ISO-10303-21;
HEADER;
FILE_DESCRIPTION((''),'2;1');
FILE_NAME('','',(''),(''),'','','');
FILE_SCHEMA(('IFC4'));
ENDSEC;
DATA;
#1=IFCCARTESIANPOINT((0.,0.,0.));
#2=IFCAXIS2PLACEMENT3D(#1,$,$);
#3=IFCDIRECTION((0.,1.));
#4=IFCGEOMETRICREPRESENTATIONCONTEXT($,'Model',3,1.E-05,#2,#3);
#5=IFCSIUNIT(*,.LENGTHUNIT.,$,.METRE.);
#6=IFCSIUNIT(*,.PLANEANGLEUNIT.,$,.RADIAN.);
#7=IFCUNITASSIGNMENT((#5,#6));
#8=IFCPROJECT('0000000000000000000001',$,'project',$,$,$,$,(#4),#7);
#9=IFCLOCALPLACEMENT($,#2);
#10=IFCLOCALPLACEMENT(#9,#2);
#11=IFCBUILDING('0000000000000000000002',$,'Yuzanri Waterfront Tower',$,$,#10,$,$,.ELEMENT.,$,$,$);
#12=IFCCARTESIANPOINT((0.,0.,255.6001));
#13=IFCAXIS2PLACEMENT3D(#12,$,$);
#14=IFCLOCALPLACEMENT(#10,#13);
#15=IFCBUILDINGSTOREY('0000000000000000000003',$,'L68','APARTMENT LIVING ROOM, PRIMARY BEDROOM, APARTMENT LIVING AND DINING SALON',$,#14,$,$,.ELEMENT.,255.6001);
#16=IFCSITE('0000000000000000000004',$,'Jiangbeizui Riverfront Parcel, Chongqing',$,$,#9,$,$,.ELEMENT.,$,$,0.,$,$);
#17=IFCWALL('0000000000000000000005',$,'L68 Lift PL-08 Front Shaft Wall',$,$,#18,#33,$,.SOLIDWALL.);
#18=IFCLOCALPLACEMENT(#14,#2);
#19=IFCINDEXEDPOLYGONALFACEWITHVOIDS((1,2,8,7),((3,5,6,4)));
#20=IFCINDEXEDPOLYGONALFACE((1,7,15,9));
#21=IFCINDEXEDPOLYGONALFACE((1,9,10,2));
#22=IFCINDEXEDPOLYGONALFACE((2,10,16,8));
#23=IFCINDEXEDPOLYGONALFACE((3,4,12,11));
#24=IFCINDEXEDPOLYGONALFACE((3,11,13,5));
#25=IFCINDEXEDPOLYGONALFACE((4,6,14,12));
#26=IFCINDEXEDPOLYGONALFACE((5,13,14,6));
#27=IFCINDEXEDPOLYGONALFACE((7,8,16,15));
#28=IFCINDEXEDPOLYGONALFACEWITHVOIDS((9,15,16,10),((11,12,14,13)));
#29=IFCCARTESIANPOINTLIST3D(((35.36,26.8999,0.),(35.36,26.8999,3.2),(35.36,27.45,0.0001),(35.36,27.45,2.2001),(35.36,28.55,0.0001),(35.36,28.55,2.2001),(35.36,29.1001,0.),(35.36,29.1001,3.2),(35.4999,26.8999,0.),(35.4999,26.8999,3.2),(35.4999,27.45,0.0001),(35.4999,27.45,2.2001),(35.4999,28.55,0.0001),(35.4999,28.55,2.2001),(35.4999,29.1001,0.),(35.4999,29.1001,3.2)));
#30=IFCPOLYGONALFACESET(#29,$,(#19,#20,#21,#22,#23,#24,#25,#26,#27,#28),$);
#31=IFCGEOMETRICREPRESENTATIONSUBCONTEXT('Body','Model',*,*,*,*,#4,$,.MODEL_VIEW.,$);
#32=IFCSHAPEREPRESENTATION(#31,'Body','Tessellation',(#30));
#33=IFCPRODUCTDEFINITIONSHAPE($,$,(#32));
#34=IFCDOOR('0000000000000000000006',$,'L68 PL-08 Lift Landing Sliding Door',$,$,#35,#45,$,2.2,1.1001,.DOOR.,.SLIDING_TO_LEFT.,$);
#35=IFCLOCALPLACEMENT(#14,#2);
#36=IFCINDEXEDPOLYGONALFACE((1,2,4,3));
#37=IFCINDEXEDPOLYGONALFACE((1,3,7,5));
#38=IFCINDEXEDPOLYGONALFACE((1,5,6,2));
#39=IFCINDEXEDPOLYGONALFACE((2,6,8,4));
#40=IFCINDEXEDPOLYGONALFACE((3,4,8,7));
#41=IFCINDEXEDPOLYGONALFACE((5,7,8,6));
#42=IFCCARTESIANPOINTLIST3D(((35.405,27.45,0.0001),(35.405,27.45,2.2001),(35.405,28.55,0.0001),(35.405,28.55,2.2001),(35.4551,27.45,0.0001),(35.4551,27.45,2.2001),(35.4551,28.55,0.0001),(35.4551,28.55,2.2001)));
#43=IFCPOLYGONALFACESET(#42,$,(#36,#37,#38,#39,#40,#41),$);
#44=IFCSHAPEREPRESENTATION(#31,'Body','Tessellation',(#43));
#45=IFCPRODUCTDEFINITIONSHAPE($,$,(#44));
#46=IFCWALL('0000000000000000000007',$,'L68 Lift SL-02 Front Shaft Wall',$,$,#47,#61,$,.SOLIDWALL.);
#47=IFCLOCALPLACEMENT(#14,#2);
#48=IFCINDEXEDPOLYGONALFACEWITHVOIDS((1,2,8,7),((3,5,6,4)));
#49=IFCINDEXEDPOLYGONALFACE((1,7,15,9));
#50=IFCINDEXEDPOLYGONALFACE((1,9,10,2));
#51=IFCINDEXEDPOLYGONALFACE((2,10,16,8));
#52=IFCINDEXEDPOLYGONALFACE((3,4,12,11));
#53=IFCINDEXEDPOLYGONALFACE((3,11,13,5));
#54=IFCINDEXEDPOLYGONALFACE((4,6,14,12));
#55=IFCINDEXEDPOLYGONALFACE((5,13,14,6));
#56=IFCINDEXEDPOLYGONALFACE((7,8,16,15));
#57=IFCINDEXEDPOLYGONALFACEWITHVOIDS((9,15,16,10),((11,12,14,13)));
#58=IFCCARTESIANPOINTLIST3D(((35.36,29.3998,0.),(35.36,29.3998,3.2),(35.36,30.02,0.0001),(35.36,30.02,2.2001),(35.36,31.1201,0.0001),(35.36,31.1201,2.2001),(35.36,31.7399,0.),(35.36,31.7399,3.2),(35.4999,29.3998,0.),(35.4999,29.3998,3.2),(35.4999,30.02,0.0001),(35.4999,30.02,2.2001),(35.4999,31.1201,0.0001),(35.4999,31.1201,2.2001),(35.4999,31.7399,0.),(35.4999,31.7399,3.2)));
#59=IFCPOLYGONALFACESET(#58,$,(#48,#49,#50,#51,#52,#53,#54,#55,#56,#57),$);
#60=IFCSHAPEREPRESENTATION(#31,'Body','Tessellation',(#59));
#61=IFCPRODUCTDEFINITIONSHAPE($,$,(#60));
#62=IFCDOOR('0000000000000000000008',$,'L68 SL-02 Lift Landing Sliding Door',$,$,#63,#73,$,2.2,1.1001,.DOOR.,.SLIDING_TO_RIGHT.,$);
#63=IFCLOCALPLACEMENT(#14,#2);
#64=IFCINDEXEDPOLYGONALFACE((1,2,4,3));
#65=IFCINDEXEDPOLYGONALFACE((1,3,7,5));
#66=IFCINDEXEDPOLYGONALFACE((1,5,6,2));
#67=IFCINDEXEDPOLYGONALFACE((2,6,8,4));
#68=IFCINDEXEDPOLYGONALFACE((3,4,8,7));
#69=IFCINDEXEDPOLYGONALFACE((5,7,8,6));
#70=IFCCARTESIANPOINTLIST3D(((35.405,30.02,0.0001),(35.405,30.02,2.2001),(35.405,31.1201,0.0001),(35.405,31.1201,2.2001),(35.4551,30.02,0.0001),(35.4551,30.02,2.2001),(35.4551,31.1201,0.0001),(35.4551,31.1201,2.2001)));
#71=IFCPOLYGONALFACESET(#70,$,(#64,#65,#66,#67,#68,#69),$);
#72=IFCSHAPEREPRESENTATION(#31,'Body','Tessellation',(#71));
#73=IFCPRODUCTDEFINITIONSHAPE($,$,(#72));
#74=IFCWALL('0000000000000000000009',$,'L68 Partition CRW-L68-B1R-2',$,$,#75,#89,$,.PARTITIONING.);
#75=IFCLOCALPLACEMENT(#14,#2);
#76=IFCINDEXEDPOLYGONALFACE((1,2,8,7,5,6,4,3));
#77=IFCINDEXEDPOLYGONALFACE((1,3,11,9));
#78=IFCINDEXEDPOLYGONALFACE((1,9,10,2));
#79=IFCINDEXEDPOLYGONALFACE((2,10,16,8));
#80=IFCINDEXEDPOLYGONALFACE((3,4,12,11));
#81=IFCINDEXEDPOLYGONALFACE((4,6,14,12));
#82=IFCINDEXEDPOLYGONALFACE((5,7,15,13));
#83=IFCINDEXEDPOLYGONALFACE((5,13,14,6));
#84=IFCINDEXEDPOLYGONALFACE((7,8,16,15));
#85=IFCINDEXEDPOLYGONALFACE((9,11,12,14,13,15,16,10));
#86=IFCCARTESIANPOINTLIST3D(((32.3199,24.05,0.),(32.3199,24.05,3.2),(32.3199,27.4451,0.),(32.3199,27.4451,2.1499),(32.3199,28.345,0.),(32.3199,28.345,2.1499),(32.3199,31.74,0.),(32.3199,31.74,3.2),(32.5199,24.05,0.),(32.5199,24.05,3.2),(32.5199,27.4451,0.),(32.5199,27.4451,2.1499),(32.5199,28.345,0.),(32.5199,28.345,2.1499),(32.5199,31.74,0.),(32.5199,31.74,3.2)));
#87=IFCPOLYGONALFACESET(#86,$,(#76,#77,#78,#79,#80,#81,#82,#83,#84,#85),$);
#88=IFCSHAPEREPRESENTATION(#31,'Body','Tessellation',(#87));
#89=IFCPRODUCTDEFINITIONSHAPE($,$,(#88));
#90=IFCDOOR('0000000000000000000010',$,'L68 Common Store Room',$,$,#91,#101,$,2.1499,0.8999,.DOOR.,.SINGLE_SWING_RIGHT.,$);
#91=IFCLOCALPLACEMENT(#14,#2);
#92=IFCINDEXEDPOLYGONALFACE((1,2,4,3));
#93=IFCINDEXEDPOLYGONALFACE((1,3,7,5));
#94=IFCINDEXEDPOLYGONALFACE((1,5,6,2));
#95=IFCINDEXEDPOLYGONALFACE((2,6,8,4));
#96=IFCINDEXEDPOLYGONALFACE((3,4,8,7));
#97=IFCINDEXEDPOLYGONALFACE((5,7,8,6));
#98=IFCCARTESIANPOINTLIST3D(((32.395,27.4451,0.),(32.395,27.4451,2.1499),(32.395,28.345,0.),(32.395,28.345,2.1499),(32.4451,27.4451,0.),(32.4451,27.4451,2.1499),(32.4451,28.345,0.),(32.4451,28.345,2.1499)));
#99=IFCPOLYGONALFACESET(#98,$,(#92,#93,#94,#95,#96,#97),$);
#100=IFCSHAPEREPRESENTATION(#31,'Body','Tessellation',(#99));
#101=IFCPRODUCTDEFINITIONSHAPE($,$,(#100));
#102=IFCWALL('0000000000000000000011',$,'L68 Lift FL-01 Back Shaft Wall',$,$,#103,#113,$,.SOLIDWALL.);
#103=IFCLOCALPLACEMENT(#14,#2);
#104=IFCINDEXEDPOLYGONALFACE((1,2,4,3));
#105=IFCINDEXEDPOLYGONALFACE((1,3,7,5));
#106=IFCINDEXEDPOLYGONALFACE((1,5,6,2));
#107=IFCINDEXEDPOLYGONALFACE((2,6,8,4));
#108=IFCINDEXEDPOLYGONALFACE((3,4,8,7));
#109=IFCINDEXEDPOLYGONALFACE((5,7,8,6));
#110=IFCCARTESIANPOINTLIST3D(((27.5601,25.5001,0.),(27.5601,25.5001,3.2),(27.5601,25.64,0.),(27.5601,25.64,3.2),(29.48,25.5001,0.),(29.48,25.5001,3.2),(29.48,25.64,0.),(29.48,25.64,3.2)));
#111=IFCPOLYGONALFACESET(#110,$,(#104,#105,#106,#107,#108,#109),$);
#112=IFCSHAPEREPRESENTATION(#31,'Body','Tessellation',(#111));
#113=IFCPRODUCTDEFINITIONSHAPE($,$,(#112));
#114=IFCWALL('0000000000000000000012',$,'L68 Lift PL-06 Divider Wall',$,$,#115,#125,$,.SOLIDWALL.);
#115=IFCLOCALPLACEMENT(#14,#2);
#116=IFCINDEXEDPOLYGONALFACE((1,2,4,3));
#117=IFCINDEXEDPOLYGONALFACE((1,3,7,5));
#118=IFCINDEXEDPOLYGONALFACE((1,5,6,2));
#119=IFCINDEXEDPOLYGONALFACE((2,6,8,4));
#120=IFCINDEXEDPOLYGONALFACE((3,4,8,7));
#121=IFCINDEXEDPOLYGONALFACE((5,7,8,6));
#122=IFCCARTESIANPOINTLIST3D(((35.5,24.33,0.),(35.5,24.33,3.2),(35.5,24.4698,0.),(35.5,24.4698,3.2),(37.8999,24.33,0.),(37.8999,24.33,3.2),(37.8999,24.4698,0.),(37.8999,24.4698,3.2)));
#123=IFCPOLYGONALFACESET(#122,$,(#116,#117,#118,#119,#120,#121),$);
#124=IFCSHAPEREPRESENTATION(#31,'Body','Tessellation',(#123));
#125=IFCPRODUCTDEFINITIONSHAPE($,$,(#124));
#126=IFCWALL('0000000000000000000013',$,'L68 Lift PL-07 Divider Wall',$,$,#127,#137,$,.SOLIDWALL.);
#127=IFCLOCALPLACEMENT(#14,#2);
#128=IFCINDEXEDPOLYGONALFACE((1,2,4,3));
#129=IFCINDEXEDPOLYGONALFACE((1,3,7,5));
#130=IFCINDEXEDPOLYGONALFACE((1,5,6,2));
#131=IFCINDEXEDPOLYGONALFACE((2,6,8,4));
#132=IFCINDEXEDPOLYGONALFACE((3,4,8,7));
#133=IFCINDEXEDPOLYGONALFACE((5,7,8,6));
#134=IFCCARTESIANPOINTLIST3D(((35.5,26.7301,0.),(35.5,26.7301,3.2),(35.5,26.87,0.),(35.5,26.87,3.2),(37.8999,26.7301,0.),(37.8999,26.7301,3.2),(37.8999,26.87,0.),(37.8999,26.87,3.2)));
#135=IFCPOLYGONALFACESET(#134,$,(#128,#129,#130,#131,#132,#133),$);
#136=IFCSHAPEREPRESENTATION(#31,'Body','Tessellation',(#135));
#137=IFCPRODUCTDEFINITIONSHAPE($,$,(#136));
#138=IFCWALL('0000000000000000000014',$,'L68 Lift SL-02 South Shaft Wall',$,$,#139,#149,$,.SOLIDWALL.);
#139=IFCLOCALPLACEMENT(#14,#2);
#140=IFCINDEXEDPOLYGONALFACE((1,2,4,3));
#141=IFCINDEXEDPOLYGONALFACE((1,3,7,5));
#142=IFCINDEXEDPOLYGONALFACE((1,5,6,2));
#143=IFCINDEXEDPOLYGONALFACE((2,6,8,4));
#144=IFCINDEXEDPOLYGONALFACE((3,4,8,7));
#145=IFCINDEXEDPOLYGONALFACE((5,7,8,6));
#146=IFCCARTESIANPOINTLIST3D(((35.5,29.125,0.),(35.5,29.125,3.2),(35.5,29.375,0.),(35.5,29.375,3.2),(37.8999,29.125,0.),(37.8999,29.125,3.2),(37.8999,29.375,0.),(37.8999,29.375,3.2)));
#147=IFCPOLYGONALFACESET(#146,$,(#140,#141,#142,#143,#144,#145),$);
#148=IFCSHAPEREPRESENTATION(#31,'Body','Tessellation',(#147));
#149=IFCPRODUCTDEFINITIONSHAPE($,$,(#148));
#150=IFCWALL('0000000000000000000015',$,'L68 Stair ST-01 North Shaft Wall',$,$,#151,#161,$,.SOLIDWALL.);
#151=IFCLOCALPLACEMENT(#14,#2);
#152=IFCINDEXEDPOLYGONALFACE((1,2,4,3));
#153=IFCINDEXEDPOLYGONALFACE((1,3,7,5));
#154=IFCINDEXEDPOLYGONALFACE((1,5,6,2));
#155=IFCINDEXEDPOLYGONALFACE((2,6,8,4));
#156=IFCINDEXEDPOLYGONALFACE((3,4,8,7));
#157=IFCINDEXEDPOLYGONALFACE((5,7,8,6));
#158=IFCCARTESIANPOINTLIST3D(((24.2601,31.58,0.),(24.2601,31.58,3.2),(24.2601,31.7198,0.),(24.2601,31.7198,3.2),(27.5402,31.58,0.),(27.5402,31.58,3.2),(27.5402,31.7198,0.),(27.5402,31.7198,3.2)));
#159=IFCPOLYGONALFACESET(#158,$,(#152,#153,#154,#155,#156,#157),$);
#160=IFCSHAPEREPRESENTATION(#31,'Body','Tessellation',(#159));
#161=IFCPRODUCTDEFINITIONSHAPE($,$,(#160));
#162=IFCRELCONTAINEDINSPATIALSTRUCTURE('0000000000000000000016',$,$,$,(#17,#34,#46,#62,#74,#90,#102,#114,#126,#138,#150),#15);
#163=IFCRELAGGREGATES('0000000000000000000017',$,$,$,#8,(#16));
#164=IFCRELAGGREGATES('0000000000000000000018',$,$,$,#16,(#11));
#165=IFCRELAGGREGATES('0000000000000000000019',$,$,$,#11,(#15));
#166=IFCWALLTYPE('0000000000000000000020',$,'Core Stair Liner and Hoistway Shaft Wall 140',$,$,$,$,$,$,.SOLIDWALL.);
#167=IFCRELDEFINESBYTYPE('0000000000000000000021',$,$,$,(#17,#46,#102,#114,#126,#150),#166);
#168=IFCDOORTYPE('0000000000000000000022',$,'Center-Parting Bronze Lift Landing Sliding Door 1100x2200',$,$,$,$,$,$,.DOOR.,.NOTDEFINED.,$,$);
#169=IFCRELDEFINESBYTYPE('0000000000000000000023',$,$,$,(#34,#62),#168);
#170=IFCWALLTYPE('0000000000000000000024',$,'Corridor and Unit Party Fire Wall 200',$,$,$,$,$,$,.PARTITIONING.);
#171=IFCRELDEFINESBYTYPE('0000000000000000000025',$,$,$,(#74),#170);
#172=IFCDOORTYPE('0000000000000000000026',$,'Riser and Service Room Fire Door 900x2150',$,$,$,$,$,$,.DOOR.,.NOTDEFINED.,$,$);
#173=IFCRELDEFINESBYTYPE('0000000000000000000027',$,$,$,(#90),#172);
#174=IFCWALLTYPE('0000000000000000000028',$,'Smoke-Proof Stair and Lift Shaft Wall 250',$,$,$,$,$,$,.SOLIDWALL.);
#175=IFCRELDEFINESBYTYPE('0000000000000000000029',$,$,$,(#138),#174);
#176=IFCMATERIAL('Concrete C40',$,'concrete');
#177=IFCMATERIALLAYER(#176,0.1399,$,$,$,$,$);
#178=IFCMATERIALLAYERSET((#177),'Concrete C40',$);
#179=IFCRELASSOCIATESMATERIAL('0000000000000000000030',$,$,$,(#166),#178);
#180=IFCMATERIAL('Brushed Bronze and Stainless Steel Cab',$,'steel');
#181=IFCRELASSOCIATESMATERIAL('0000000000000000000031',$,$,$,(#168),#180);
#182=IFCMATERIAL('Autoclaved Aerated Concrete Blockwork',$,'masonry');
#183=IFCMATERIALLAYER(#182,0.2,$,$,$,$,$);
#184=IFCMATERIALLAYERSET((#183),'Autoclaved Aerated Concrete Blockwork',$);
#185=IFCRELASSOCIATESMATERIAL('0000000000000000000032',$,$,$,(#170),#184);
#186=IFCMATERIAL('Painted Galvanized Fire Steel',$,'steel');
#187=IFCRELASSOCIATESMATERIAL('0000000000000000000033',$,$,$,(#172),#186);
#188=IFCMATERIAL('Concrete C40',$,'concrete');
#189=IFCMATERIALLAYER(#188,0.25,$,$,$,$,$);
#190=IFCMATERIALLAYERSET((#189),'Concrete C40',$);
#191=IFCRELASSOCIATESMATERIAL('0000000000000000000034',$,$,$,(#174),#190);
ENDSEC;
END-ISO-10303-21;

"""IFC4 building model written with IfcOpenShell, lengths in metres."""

from ifc_helpers import new_model, si_unit, direction, frame, frame_2d, origin, place, context, subcontext, project, spatial, rectangle, extrude, source, transform, mapped, material, layer, layer_set, type_object, element, fill, save


model = new_model("IFC4")

# Units and contexts
model_context = context("Model", 3, precision=1e-05, world=origin(), true_north=direction((0.0, 1.0)))
body_context = subcontext(model_context, "Body", "Model", "MODEL_VIEW")
ifc_project = project(units=[si_unit("LENGTHUNIT", "METRE"), si_unit("PLANEANGLEUNIT", "RADIAN")], contexts=[model_context])

# Site, building, storey
site_placement = place(None, origin())
site = spatial("IfcSite", under=ifc_project, at=site_placement, Name="Jiangbeizui Riverfront Parcel, Chongqing", CompositionType="ELEMENT", RefElevation=0.0)
building_placement = place(site_placement, origin())
building = spatial("IfcBuilding", under=site, at=building_placement, Name="Yuzanri Waterfront Tower", CompositionType="ELEMENT")
storey_placement = place(building_placement, frame((0.0, 0.0, 255.6001)))
storey = spatial("IfcBuildingStorey", under=building, at=storey_placement, Name="L68", Description="APARTMENT LIVING ROOM, PRIMARY BEDROOM, APARTMENT LIVING AND DINING SALON", CompositionType="ELEMENT", Elevation=255.6001)

# Walls, openings, doors
ifc_material_1 = material(Name="Concrete C40", Category="concrete")
ifc_layer_1 = layer(ifc_material_1, 0.1399)
ifc_layer_set_1 = layer_set([ifc_layer_1], Name="Concrete C40")
wall_type_1 = type_object("IfcWallType", Name="Core Stair Liner and Hoistway Shaft Wall 140", PredefinedType="SOLIDWALL", material=ifc_layer_set_1)
ifc_material_2 = material(Name="Brushed Bronze and Stainless Steel Cab", Category="steel")
door_type_1 = type_object("IfcDoorType", Name="Center-Parting Bronze Lift Landing Sliding Door 1100x2200", OperationType="NOTDEFINED", PredefinedType="DOOR", material=ifc_material_2)
shared_shape_1 = source(origin(), body_context, "Body", "SweptSolid", [
    extrude(rectangle(XDim=1.1001, YDim=2.2, at=frame_2d((0.55, 1.1001))), frame((0.0, 0.0249, 0.0), z_axis=(0.0, -1.0, 0.0), x_axis=(1.0, 0.0, 0.0)), (0.0, 0.0, 1.0), 0.05),
])
wall_1_placement = place(storey_placement, frame((35.4299, 26.8999, 0.0), z_axis=(0.0, 0.0, 1.0), x_axis=(0.0, 1.0, 0.0)))
wall_1 = element("IfcWall", 1, at=wall_1_placement, inside=storey, type_object=wall_type_1, Name="L68 Lift PL-08 Front Shaft Wall", PredefinedType="SOLIDWALL", context=body_context, shape_type="SweptSolid", body=[
    extrude(rectangle(XDim=2.2002, YDim=0.1399, at=frame_2d((1.1001, 0.0))), origin(), (0.0, 0.0, 1.0), 3.2),
])
opening_1_placement = place(wall_1_placement, frame((0.55, 0.0, 0.0)))
opening_1 = element("IfcOpeningElement", 2, at=opening_1_placement, cuts=wall_1, PredefinedType="OPENING", context=body_context, shape_type="SweptSolid", body=[
    extrude(rectangle(XDim=1.1001, YDim=2.2, at=frame_2d((0.55, 1.1001))), frame((0.0, 0.085, 0.0), z_axis=(0.0, -1.0, 0.0), x_axis=(1.0, 0.0, 0.0)), (0.0, 0.0, 1.0), 0.1697),
])
door_1_placement = place(opening_1_placement, origin())
door_1 = element("IfcDoor", 3, at=door_1_placement, inside=storey, type_object=door_type_1, Name="L68 PL-08 Lift Landing Sliding Door", OperationType="SLIDING_TO_LEFT", OverallHeight=2.2, OverallWidth=1.1001, PredefinedType="DOOR", context=body_context, shape_type="MappedRepresentation", body=[
    mapped(shared_shape_1, transform((0.0, 0.0, 0.0), scale=1.0)),
])
fill(opening_1, door_1)
wall_2_placement = place(storey_placement, frame((35.4299, 29.3999, 0.0), z_axis=(0.0, 0.0, 1.0), x_axis=(0.0, 1.0, 0.0)))
wall_2 = element("IfcWall", 4, at=wall_2_placement, inside=storey, type_object=wall_type_1, Name="L68 Lift SL-02 Front Shaft Wall", PredefinedType="SOLIDWALL", context=body_context, shape_type="SweptSolid", body=[
    extrude(rectangle(XDim=2.3401, YDim=0.1399, at=frame_2d((1.1699, 0.0))), origin(), (0.0, 0.0, 1.0), 3.2),
])
opening_2_placement = place(wall_2_placement, frame((0.6201, 0.0, 0.0)))
opening_2 = element("IfcOpeningElement", 5, at=opening_2_placement, cuts=wall_2, PredefinedType="OPENING", context=body_context, shape_type="SweptSolid", body=[
    extrude(rectangle(XDim=1.1001, YDim=2.2, at=frame_2d((0.55, 1.1001))), frame((0.0, 0.085, 0.0), z_axis=(0.0, -1.0, 0.0), x_axis=(1.0, 0.0, 0.0)), (0.0, 0.0, 1.0), 0.1697),
])
door_2_placement = place(opening_2_placement, origin())
door_2 = element("IfcDoor", 6, at=door_2_placement, inside=storey, type_object=door_type_1, Name="L68 SL-02 Lift Landing Sliding Door", OperationType="SLIDING_TO_RIGHT", OverallHeight=2.2, OverallWidth=1.1001, PredefinedType="DOOR", context=body_context, shape_type="MappedRepresentation", body=[
    mapped(shared_shape_1, transform((0.0, 0.0, 0.0), scale=1.0)),
])
fill(opening_2, door_2)
ifc_material_3 = material(Name="Autoclaved Aerated Concrete Blockwork", Category="masonry")
ifc_layer_2 = layer(ifc_material_3, 0.2)
ifc_layer_set_2 = layer_set([ifc_layer_2], Name="Autoclaved Aerated Concrete Blockwork")
wall_type_2 = type_object("IfcWallType", Name="Corridor and Unit Party Fire Wall 200", PredefinedType="PARTITIONING", material=ifc_layer_set_2)
ifc_material_4 = material(Name="Painted Galvanized Fire Steel", Category="steel")
door_type_2 = type_object("IfcDoorType", Name="Riser and Service Room Fire Door 900x2150", OperationType="NOTDEFINED", PredefinedType="DOOR", material=ifc_material_4)
shared_shape_2 = source(origin(), body_context, "Body", "SweptSolid", [
    extrude(rectangle(XDim=0.8999, YDim=2.1499, at=frame_2d((0.45, 1.075))), frame((0.0, 0.0249, 0.0), z_axis=(0.0, -1.0, 0.0), x_axis=(1.0, 0.0, 0.0)), (0.0, 0.0, 1.0), 0.05),
])
wall_3_placement = place(storey_placement, frame((32.4199, 24.05, 0.0), z_axis=(0.0, 0.0, 1.0), x_axis=(0.0, 1.0, 0.0)))
wall_3 = element("IfcWall", 7, at=wall_3_placement, inside=storey, type_object=wall_type_2, Name="L68 Partition CRW-L68-B1R-2", PredefinedType="PARTITIONING", context=body_context, shape_type="SweptSolid", body=[
    extrude(rectangle(XDim=7.6899, YDim=0.2, at=frame_2d((3.845, 0.0))), origin(), (0.0, 0.0, 1.0), 3.2),
])
opening_3_placement = place(wall_3_placement, frame((3.395, 0.0, 0.0)))
opening_3 = element("IfcOpeningElement", 8, at=opening_3_placement, cuts=wall_3, PredefinedType="OPENING", context=body_context, shape_type="SweptSolid", body=[
    extrude(rectangle(XDim=0.8999, YDim=2.1499, at=frame_2d((0.45, 1.075))), frame((0.0, 0.1147, 0.0), z_axis=(0.0, -1.0, 0.0), x_axis=(1.0, 0.0, 0.0)), (0.0, 0.0, 1.0), 0.2297),
])
door_3_placement = place(opening_3_placement, origin())
door_3 = element("IfcDoor", 9, at=door_3_placement, inside=storey, type_object=door_type_2, Name="L68 Common Store Room", OperationType="SINGLE_SWING_RIGHT", OverallHeight=2.1499, OverallWidth=0.8999, PredefinedType="DOOR", context=body_context, shape_type="MappedRepresentation", body=[
    mapped(shared_shape_2, transform((0.0, 0.0, 0.0), scale=1.0)),
])
fill(opening_3, door_3)

# Walls
shared_shape_3 = source(origin(), body_context, "Body", "SweptSolid", [
    extrude(rectangle(XDim=1.9199, YDim=0.1399, at=frame_2d((0.96, 0.0))), origin(), (0.0, 0.0, 1.0), 3.2),
])
wall_4_placement = place(storey_placement, frame((27.5601, 25.5701, 0.0), z_axis=(0.0, 0.0, 1.0), x_axis=(1.0, 0.0, 0.0)))
element("IfcWall", 10, at=wall_4_placement, inside=storey, type_object=wall_type_1, Name="L68 Lift FL-01 Back Shaft Wall", PredefinedType="SOLIDWALL", context=body_context, shape_type="MappedRepresentation", body=[
    mapped(shared_shape_3, transform((0.0, 0.0, 0.0), scale=1.0)),
])
shared_shape_4 = source(origin(), body_context, "Body", "SweptSolid", [
    extrude(rectangle(XDim=2.3999, YDim=0.1399, at=frame_2d((1.2, 0.0))), origin(), (0.0, 0.0, 1.0), 3.2),
])
for number, where, z_axis, x_axis, name in (
    (11, (35.5, 24.3999, 0.0), (0.0, 0.0, 1.0), (1.0, 0.0, 0.0), "L68 Lift PL-06 Divider Wall"),
    (12, (35.5, 26.8, 0.0), (0.0, 0.0, 1.0), (1.0, 0.0, 0.0), "L68 Lift PL-07 Divider Wall"),
):
    element("IfcWall", number, at=place(storey_placement, frame(where, z_axis=z_axis, x_axis=x_axis)), inside=storey, type_object=wall_type_1, Name=name, PredefinedType="SOLIDWALL", context=body_context, shape_type="MappedRepresentation", body=[
        mapped(shared_shape_4, transform((0.0, 0.0, 0.0), scale=1.0)),
    ])
ifc_material_5 = material(Name="Concrete C40", Category="concrete")
ifc_layer_3 = layer(ifc_material_5, 0.25)
ifc_layer_set_3 = layer_set([ifc_layer_3], Name="Concrete C40")
wall_type_3 = type_object("IfcWallType", Name="Smoke-Proof Stair and Lift Shaft Wall 250", PredefinedType="SOLIDWALL", material=ifc_layer_set_3)
shared_shape_5 = source(origin(), body_context, "Body", "SweptSolid", [
    extrude(rectangle(XDim=2.3999, YDim=0.25, at=frame_2d((1.2, 0.0))), origin(), (0.0, 0.0, 1.0), 3.2),
])
wall_5_placement = place(storey_placement, frame((35.5, 29.25, 0.0), z_axis=(0.0, 0.0, 1.0), x_axis=(1.0, 0.0, 0.0)))
element("IfcWall", 13, at=wall_5_placement, inside=storey, type_object=wall_type_3, Name="L68 Lift SL-02 South Shaft Wall", PredefinedType="SOLIDWALL", context=body_context, shape_type="MappedRepresentation", body=[
    mapped(shared_shape_5, transform((0.0, 0.0, 0.0), scale=1.0)),
])
shared_shape_6 = source(origin(), body_context, "Body", "SweptSolid", [
    extrude(rectangle(XDim=3.28, YDim=0.1399, at=frame_2d((1.6401, 0.0))), origin(), (0.0, 0.0, 1.0), 3.2),
])
wall_6_placement = place(storey_placement, frame((24.26, 31.6499, 0.0), z_axis=(0.0, 0.0, 1.0), x_axis=(1.0, 0.0, 0.0)))
element("IfcWall", 14, at=wall_6_placement, inside=storey, type_object=wall_type_1, Name="L68 Stair ST-01 North Shaft Wall", PredefinedType="SOLIDWALL", context=body_context, shape_type="MappedRepresentation", body=[
    mapped(shared_shape_6, transform((0.0, 0.0, 0.0), scale=1.0)),
])

save(model, "model.ifc")
